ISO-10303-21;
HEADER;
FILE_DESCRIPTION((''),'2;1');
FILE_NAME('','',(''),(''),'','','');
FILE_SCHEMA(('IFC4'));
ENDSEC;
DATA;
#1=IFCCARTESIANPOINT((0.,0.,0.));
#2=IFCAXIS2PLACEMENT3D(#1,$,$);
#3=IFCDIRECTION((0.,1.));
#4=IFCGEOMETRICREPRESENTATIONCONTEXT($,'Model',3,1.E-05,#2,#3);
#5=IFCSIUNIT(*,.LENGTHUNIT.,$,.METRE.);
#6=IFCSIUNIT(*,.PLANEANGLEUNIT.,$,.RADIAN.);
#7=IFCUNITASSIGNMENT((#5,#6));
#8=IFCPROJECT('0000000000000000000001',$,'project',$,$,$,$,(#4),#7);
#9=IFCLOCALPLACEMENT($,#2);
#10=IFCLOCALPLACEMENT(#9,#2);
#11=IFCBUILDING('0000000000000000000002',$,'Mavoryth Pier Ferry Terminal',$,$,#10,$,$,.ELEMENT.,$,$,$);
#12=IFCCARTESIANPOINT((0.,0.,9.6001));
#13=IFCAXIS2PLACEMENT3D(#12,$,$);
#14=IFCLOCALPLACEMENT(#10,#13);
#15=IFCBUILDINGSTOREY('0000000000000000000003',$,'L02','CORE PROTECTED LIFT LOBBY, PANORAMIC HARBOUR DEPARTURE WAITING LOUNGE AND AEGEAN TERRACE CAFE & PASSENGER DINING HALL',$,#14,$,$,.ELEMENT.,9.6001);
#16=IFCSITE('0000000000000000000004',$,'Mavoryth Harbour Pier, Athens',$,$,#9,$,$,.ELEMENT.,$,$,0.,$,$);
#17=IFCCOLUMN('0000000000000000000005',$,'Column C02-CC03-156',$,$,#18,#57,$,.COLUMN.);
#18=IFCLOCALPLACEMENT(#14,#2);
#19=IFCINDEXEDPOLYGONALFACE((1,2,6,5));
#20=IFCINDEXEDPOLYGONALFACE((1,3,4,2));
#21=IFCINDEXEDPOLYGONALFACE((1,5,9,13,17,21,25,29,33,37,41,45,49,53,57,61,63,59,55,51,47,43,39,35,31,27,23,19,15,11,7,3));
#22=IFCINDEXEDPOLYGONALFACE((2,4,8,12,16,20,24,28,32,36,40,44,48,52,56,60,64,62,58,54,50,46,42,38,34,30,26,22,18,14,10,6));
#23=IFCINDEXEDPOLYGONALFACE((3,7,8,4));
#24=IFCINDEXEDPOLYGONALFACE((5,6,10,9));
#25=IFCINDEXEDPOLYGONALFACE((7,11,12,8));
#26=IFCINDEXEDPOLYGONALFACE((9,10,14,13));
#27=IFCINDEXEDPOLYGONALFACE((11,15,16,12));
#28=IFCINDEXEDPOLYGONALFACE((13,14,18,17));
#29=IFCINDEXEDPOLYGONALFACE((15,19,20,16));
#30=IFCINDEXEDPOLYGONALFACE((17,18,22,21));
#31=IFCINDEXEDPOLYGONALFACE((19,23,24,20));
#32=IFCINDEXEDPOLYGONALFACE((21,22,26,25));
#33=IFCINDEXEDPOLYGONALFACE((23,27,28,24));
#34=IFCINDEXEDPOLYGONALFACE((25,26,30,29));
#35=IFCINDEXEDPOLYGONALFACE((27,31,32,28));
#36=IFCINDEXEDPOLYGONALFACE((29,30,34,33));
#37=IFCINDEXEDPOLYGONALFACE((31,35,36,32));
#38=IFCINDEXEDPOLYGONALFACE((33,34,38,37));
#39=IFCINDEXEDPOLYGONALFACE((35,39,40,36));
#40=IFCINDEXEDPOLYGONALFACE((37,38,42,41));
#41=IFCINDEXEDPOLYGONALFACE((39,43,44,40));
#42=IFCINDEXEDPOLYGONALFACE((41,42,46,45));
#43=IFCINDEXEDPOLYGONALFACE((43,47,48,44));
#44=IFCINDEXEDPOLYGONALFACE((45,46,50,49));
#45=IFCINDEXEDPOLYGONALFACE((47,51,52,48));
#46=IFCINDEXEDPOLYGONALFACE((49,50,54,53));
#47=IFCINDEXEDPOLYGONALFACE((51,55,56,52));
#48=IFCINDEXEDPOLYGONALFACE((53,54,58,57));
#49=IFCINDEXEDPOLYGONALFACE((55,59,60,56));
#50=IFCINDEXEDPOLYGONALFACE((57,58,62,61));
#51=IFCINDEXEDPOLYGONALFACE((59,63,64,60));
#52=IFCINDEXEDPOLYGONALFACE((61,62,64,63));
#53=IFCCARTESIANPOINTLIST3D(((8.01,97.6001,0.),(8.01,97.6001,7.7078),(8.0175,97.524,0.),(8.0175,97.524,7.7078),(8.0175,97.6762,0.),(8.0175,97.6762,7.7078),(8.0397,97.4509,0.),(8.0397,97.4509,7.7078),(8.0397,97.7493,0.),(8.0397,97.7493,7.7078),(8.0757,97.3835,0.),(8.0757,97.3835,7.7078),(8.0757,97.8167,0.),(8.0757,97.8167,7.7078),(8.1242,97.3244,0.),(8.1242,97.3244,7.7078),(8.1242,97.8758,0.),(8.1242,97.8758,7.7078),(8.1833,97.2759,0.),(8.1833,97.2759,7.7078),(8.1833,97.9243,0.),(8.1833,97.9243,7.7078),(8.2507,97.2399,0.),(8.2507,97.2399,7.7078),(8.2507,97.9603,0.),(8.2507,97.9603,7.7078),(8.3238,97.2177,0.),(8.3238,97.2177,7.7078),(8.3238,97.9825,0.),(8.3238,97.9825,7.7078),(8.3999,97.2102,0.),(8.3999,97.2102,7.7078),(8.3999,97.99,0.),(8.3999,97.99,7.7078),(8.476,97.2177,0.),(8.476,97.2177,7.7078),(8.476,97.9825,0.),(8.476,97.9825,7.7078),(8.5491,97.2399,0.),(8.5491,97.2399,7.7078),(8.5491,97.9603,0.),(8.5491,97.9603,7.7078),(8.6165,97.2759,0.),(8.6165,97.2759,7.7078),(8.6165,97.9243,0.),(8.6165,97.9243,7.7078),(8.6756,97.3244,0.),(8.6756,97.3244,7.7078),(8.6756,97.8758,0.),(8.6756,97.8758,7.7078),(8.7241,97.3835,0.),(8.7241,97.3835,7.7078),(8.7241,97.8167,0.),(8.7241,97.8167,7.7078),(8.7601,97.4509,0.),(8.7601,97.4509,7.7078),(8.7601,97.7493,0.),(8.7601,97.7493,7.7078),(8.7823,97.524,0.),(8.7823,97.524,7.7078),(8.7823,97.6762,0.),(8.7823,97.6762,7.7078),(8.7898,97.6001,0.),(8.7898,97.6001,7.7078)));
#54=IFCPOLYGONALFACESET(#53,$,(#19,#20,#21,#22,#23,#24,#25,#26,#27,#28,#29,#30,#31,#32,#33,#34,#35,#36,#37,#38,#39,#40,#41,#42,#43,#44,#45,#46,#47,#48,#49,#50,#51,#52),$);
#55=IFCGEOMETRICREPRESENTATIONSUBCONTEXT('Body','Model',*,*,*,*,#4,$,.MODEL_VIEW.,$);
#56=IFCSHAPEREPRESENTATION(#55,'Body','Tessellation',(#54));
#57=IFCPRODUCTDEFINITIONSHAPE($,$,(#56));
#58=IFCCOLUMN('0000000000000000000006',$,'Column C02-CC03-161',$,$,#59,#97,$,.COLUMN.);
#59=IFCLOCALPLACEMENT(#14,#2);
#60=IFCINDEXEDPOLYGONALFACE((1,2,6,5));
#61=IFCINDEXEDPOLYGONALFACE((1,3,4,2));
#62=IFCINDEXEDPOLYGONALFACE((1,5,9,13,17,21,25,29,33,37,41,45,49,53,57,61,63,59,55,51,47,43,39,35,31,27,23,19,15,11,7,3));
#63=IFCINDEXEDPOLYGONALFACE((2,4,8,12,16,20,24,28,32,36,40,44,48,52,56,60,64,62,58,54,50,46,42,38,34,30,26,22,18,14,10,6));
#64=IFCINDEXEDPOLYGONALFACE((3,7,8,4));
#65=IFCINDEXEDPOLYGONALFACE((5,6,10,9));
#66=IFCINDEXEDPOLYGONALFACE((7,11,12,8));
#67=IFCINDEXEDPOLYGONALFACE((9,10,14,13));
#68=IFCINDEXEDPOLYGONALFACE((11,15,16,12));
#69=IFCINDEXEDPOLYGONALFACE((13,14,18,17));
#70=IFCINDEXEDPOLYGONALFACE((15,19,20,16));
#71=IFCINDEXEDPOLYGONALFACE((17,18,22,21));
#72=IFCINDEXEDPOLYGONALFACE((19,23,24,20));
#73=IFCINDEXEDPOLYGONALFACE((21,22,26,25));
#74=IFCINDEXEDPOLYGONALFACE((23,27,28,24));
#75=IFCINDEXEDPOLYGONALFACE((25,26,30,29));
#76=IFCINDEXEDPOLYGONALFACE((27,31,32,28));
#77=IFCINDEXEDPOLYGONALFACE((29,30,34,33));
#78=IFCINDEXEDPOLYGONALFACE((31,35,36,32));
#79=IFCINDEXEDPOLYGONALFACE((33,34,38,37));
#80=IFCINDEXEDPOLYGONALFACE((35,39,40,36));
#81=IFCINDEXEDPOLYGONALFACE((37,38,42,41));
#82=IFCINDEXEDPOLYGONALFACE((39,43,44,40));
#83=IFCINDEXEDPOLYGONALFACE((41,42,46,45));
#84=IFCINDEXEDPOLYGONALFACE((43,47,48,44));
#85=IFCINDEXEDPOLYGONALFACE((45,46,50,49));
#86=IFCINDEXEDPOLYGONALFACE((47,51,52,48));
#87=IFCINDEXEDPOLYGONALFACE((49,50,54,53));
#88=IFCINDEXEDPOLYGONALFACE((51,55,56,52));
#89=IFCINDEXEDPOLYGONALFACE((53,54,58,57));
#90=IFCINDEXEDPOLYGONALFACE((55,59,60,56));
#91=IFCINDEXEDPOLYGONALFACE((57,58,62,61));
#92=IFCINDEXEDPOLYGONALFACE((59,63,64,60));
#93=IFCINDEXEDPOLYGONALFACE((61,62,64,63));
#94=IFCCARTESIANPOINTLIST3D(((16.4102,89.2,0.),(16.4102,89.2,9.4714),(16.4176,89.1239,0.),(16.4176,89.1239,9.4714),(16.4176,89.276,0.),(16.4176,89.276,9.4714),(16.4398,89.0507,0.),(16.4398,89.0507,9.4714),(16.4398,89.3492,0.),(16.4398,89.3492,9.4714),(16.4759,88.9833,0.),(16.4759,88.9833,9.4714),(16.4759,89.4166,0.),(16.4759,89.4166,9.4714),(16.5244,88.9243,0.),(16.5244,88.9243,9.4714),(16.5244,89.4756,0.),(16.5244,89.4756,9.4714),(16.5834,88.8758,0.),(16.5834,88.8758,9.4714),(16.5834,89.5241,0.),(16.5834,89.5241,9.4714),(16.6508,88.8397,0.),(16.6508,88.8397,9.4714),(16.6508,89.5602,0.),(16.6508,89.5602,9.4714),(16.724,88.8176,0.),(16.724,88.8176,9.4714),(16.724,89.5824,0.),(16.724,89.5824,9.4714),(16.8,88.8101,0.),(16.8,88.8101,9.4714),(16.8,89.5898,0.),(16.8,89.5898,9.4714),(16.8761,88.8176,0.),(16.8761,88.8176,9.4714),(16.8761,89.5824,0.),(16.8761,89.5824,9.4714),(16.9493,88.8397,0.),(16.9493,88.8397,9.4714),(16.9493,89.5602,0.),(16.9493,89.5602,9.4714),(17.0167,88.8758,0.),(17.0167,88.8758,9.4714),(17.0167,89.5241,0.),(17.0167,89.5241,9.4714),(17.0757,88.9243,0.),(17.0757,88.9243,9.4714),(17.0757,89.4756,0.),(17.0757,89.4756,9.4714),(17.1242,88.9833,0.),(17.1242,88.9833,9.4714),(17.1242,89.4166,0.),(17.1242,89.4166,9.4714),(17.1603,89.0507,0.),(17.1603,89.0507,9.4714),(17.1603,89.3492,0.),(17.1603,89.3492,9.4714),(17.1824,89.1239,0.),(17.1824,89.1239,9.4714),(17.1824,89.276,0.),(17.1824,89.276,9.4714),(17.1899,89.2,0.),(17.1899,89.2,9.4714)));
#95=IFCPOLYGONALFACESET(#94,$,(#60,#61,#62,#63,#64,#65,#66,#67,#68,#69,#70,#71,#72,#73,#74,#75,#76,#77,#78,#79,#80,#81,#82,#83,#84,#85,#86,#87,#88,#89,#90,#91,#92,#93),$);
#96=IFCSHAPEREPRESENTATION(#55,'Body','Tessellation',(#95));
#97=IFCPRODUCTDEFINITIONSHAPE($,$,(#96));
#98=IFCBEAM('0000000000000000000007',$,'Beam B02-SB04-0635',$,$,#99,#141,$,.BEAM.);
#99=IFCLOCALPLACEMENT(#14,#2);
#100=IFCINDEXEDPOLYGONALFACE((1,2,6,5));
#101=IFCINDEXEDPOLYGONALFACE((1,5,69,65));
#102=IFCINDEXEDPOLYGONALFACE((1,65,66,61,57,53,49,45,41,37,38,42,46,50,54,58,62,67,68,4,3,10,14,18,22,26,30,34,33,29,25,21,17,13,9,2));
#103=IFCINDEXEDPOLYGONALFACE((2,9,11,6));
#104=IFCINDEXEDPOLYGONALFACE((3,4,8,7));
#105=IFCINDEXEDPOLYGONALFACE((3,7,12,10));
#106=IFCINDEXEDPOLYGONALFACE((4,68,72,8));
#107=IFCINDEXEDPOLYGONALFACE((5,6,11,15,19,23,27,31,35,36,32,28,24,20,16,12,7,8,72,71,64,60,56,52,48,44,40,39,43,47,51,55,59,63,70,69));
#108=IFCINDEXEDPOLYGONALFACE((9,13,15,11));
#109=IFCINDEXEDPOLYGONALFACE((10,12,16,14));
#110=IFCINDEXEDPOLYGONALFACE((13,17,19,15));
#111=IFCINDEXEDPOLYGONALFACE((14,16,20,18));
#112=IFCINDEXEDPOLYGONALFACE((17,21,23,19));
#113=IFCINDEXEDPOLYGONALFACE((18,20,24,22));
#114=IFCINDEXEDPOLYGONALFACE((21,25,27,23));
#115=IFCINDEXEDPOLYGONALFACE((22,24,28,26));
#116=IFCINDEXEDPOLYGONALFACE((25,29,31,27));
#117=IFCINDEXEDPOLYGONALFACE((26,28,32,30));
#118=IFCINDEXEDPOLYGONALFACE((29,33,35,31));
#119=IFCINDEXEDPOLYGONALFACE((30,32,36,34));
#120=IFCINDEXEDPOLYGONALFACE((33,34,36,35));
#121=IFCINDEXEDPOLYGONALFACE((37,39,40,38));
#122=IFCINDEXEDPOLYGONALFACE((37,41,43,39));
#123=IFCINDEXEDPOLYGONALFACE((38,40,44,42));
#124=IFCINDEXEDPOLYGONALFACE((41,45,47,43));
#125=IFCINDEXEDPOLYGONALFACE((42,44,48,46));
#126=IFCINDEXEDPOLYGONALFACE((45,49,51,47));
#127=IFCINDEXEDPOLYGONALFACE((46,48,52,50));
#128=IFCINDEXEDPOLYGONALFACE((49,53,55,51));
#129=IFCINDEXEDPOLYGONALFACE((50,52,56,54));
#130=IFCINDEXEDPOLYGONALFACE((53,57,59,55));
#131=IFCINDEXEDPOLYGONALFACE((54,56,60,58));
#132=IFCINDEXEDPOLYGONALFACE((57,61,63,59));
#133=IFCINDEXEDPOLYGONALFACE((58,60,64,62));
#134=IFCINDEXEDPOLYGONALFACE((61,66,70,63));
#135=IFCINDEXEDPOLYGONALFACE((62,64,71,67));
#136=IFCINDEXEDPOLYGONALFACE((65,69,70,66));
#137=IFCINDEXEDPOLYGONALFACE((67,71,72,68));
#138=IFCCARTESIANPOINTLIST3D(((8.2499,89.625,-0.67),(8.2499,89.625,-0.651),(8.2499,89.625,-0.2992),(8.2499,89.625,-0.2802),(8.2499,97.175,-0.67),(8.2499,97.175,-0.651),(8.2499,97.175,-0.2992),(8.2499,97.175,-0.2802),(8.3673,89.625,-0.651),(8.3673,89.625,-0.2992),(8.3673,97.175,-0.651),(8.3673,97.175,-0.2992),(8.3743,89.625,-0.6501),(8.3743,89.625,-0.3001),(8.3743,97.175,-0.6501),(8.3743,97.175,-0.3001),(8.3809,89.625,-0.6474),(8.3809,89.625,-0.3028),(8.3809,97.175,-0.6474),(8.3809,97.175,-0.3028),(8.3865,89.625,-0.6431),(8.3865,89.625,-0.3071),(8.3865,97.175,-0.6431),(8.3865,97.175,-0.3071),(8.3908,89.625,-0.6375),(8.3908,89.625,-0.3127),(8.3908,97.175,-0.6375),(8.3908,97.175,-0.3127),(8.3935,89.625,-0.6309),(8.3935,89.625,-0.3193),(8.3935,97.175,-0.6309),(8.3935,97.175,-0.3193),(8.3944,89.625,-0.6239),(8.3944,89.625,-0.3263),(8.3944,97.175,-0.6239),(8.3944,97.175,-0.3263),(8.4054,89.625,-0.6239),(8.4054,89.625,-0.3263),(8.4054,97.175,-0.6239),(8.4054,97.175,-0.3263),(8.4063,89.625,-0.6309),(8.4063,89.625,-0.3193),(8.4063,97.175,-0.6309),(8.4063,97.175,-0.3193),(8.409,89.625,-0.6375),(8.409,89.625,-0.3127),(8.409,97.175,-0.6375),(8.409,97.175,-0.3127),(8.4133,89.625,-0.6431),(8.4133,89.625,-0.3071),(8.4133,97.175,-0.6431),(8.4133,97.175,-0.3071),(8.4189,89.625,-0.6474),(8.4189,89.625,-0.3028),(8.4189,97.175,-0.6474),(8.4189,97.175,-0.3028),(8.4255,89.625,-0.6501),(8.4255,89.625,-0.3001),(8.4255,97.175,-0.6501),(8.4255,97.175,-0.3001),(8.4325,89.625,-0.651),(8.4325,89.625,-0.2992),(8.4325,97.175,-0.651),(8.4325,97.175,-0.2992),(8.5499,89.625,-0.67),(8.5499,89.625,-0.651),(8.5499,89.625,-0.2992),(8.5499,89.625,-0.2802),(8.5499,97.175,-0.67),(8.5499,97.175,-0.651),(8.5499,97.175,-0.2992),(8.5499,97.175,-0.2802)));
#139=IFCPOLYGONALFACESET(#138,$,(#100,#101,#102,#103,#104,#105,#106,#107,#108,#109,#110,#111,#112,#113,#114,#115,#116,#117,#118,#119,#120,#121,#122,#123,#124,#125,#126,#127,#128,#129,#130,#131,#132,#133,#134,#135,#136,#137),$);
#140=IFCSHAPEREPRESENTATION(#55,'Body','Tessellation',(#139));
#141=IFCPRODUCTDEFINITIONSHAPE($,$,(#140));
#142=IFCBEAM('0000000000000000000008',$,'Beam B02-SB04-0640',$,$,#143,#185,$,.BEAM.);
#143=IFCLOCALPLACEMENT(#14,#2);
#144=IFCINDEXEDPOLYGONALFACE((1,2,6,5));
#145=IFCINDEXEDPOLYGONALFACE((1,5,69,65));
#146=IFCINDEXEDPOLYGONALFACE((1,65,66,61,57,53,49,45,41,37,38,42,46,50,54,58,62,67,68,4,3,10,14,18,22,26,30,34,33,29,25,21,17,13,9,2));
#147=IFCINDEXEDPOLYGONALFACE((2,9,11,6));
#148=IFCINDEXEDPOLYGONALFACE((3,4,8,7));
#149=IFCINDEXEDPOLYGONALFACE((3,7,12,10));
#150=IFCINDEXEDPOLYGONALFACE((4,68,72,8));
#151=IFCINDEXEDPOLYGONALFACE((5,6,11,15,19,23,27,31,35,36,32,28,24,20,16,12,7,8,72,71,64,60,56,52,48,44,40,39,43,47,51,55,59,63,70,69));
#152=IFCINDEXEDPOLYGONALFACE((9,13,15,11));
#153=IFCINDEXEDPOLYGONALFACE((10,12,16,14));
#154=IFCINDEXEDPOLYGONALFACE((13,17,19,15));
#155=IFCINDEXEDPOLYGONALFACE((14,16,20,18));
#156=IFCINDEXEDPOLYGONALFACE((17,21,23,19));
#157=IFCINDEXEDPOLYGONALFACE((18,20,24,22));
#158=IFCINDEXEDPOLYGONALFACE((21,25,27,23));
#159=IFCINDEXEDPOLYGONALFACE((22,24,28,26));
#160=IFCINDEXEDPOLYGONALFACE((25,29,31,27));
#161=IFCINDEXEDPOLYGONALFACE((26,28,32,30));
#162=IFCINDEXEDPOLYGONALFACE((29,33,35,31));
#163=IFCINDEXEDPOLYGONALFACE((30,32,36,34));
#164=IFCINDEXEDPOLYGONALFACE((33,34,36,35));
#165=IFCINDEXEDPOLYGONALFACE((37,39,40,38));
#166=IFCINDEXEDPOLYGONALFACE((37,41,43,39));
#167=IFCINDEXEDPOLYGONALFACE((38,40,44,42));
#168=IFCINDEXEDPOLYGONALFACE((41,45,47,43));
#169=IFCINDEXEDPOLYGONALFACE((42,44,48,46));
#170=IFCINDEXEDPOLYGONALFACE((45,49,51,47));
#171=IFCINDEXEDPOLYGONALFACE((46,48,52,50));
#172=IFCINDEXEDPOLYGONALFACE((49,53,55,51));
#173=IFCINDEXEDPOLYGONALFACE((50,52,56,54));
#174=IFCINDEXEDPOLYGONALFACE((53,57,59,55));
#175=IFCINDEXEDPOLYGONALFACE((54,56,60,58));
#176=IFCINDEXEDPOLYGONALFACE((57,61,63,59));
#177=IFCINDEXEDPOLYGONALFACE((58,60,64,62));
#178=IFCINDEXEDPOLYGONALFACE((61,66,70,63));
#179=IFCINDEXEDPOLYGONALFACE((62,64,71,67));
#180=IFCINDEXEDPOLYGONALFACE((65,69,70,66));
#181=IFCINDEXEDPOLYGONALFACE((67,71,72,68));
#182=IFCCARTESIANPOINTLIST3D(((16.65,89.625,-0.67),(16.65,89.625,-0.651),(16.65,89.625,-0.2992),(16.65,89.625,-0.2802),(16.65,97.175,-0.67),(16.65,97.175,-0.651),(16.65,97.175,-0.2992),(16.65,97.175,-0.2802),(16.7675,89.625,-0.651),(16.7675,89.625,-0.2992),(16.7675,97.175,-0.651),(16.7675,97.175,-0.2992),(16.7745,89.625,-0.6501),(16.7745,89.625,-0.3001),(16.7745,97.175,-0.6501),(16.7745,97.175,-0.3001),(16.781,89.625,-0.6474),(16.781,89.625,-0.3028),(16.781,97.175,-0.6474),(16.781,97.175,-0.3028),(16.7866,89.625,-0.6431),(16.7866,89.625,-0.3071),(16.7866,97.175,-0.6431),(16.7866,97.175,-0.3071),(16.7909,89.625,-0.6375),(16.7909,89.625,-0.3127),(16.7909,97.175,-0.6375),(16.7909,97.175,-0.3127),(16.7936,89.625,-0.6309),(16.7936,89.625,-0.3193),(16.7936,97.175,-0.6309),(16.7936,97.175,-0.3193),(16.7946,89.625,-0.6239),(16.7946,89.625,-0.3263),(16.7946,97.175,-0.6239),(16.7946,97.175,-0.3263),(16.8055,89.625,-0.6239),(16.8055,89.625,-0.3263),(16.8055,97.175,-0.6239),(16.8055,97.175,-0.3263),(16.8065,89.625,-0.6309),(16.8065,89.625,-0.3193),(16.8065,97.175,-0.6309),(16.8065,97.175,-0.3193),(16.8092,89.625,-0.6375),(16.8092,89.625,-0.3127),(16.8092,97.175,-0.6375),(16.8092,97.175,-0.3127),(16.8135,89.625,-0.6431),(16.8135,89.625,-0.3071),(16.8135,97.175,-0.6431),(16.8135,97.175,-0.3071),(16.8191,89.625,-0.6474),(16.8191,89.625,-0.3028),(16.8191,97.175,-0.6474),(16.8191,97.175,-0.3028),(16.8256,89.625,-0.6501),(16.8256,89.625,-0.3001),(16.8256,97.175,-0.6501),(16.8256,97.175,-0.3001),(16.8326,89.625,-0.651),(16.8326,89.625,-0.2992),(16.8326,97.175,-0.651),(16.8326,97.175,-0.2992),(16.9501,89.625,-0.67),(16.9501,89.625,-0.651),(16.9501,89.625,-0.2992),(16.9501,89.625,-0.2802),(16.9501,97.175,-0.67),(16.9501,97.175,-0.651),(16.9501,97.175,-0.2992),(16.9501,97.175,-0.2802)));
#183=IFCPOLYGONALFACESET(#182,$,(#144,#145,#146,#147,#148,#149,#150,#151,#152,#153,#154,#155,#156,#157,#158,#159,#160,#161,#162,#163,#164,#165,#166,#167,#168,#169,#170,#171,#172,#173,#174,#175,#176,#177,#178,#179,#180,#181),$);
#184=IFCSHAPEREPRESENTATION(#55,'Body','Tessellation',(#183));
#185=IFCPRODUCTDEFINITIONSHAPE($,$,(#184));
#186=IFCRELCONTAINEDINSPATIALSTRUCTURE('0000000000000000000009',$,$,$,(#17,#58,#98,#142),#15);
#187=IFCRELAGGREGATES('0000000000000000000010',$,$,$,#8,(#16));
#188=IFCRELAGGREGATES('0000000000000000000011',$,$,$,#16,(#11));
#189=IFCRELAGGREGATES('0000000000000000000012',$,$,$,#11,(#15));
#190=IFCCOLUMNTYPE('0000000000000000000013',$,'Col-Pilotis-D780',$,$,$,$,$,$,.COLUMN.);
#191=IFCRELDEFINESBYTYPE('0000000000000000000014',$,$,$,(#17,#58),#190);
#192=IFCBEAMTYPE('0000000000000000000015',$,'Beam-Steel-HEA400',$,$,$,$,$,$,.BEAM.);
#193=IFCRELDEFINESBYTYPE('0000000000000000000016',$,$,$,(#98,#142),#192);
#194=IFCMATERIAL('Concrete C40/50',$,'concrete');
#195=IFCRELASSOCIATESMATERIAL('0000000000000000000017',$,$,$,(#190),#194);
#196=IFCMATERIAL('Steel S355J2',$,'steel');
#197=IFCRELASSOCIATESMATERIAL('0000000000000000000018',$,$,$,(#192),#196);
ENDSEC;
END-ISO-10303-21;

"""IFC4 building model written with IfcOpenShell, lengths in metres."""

from ifc_helpers import new_model, si_unit, direction, frame, origin, origin_2d, place, context, subcontext, project, spatial, circle, i_section, extrude, material, material_profile, profile_set, type_object, element, save


model = new_model("IFC4")

# Units and contexts
model_context = context("Model", 3, precision=1e-05, world=origin(), true_north=direction((0.0, 1.0)))
body_context = subcontext(model_context, "Body", "Model", "MODEL_VIEW")
ifc_project = project(units=[si_unit("LENGTHUNIT", "METRE"), si_unit("PLANEANGLEUNIT", "RADIAN")], contexts=[model_context])

# Site, building, storey
site_placement = place(None, origin())
site = spatial("IfcSite", under=ifc_project, at=site_placement, Name="Mavoryth Harbour Pier, Athens", CompositionType="ELEMENT", RefElevation=0.0)
building_placement = place(site_placement, origin())
building = spatial("IfcBuilding", under=site, at=building_placement, Name="Mavoryth Pier Ferry Terminal", CompositionType="ELEMENT")
storey_placement = place(building_placement, frame((0.0, 0.0, 9.6001)))
storey = spatial("IfcBuildingStorey", under=building, at=storey_placement, Name="L02", Description="CORE PROTECTED LIFT LOBBY, PANORAMIC HARBOUR DEPARTURE WAITING LOUNGE AND AEGEAN TERRACE CAFE & PASSENGER DINING HALL", CompositionType="ELEMENT", Elevation=9.6001)

# Columns
ifc_material_1 = material(Name="Concrete C40/50", Category="concrete")
ifc_material_profile_1 = material_profile(ifc_material_1, circle(Radius=0.3899, at=origin_2d()), Name="RC D780", Category="concrete")
ifc_profile_set_1 = profile_set([ifc_material_profile_1], Name="Concrete C40/50 - RC D780")
column_type = type_object("IfcColumnType", Name="Col-Pilotis-D780", PredefinedType="COLUMN", material=ifc_profile_set_1)
column_1_placement = place(storey_placement, frame((8.3999, 97.6001, 0.0), z_axis=(0.0, 0.0, 1.0), x_axis=(1.0, 0.0, 0.0)))
element("IfcColumn", 1, at=column_1_placement, inside=storey, type_object=column_type, Name="Column C02-CC03-156", PredefinedType="COLUMN", context=body_context, shape_type="SweptSolid", body=[
    extrude(circle(Radius=0.3899, at=origin_2d()), origin(), (0.0, 0.0, 1.0), 7.7078),
])
column_2_placement = place(storey_placement, frame((16.8, 89.2, 0.0), z_axis=(0.0, 0.0, 1.0), x_axis=(1.0, 0.0, 0.0)))
element("IfcColumn", 2, at=column_2_placement, inside=storey, type_object=column_type, Name="Column C02-CC03-161", PredefinedType="COLUMN", context=body_context, shape_type="SweptSolid", body=[
    extrude(circle(Radius=0.3899, at=origin_2d()), origin(), (0.0, 0.0, 1.0), 9.4714),
])

# Beams
ifc_material_2 = material(Name="Steel S355J2", Category="steel")
ifc_material_profile_2 = material_profile(ifc_material_2, i_section(OverallWidth=0.3, OverallDepth=0.3899, WebThickness=0.011, FlangeThickness=0.019, FilletRadius=0.0271, at=origin_2d()), Name="HEA 400", Category="steel")
ifc_profile_set_2 = profile_set([ifc_material_profile_2], Name="Steel S355J2 - HEA 400")
beam_type_1 = type_object("IfcBeamType", Name="Beam-Steel-HEA400", PredefinedType="BEAM", material=ifc_profile_set_2)
for number, where, z_axis, x_axis, name in (
    (3, (8.3999, 89.625, -0.4751), (0.0, 1.0, 0.0), (-1.0, 0.0, 0.0), "Beam B02-SB04-0635"),
    (4, (16.8, 89.625, -0.4751), (0.0, 1.0, 0.0), (-1.0, 0.0, 0.0), "Beam B02-SB04-0640"),
):
    element("IfcBeam", number, at=place(storey_placement, frame(where, z_axis=z_axis, x_axis=x_axis)), inside=storey, type_object=beam_type_1, Name=name, PredefinedType="BEAM", context=body_context, shape_type="SweptSolid", body=[
        extrude(i_section(OverallWidth=0.3, OverallDepth=0.3899, WebThickness=0.011, FlangeThickness=0.019, FilletRadius=0.0271, at=origin_2d()), origin(), (0.0, 0.0, 1.0), 7.55),
    ])

save(model, "model.ifc")
